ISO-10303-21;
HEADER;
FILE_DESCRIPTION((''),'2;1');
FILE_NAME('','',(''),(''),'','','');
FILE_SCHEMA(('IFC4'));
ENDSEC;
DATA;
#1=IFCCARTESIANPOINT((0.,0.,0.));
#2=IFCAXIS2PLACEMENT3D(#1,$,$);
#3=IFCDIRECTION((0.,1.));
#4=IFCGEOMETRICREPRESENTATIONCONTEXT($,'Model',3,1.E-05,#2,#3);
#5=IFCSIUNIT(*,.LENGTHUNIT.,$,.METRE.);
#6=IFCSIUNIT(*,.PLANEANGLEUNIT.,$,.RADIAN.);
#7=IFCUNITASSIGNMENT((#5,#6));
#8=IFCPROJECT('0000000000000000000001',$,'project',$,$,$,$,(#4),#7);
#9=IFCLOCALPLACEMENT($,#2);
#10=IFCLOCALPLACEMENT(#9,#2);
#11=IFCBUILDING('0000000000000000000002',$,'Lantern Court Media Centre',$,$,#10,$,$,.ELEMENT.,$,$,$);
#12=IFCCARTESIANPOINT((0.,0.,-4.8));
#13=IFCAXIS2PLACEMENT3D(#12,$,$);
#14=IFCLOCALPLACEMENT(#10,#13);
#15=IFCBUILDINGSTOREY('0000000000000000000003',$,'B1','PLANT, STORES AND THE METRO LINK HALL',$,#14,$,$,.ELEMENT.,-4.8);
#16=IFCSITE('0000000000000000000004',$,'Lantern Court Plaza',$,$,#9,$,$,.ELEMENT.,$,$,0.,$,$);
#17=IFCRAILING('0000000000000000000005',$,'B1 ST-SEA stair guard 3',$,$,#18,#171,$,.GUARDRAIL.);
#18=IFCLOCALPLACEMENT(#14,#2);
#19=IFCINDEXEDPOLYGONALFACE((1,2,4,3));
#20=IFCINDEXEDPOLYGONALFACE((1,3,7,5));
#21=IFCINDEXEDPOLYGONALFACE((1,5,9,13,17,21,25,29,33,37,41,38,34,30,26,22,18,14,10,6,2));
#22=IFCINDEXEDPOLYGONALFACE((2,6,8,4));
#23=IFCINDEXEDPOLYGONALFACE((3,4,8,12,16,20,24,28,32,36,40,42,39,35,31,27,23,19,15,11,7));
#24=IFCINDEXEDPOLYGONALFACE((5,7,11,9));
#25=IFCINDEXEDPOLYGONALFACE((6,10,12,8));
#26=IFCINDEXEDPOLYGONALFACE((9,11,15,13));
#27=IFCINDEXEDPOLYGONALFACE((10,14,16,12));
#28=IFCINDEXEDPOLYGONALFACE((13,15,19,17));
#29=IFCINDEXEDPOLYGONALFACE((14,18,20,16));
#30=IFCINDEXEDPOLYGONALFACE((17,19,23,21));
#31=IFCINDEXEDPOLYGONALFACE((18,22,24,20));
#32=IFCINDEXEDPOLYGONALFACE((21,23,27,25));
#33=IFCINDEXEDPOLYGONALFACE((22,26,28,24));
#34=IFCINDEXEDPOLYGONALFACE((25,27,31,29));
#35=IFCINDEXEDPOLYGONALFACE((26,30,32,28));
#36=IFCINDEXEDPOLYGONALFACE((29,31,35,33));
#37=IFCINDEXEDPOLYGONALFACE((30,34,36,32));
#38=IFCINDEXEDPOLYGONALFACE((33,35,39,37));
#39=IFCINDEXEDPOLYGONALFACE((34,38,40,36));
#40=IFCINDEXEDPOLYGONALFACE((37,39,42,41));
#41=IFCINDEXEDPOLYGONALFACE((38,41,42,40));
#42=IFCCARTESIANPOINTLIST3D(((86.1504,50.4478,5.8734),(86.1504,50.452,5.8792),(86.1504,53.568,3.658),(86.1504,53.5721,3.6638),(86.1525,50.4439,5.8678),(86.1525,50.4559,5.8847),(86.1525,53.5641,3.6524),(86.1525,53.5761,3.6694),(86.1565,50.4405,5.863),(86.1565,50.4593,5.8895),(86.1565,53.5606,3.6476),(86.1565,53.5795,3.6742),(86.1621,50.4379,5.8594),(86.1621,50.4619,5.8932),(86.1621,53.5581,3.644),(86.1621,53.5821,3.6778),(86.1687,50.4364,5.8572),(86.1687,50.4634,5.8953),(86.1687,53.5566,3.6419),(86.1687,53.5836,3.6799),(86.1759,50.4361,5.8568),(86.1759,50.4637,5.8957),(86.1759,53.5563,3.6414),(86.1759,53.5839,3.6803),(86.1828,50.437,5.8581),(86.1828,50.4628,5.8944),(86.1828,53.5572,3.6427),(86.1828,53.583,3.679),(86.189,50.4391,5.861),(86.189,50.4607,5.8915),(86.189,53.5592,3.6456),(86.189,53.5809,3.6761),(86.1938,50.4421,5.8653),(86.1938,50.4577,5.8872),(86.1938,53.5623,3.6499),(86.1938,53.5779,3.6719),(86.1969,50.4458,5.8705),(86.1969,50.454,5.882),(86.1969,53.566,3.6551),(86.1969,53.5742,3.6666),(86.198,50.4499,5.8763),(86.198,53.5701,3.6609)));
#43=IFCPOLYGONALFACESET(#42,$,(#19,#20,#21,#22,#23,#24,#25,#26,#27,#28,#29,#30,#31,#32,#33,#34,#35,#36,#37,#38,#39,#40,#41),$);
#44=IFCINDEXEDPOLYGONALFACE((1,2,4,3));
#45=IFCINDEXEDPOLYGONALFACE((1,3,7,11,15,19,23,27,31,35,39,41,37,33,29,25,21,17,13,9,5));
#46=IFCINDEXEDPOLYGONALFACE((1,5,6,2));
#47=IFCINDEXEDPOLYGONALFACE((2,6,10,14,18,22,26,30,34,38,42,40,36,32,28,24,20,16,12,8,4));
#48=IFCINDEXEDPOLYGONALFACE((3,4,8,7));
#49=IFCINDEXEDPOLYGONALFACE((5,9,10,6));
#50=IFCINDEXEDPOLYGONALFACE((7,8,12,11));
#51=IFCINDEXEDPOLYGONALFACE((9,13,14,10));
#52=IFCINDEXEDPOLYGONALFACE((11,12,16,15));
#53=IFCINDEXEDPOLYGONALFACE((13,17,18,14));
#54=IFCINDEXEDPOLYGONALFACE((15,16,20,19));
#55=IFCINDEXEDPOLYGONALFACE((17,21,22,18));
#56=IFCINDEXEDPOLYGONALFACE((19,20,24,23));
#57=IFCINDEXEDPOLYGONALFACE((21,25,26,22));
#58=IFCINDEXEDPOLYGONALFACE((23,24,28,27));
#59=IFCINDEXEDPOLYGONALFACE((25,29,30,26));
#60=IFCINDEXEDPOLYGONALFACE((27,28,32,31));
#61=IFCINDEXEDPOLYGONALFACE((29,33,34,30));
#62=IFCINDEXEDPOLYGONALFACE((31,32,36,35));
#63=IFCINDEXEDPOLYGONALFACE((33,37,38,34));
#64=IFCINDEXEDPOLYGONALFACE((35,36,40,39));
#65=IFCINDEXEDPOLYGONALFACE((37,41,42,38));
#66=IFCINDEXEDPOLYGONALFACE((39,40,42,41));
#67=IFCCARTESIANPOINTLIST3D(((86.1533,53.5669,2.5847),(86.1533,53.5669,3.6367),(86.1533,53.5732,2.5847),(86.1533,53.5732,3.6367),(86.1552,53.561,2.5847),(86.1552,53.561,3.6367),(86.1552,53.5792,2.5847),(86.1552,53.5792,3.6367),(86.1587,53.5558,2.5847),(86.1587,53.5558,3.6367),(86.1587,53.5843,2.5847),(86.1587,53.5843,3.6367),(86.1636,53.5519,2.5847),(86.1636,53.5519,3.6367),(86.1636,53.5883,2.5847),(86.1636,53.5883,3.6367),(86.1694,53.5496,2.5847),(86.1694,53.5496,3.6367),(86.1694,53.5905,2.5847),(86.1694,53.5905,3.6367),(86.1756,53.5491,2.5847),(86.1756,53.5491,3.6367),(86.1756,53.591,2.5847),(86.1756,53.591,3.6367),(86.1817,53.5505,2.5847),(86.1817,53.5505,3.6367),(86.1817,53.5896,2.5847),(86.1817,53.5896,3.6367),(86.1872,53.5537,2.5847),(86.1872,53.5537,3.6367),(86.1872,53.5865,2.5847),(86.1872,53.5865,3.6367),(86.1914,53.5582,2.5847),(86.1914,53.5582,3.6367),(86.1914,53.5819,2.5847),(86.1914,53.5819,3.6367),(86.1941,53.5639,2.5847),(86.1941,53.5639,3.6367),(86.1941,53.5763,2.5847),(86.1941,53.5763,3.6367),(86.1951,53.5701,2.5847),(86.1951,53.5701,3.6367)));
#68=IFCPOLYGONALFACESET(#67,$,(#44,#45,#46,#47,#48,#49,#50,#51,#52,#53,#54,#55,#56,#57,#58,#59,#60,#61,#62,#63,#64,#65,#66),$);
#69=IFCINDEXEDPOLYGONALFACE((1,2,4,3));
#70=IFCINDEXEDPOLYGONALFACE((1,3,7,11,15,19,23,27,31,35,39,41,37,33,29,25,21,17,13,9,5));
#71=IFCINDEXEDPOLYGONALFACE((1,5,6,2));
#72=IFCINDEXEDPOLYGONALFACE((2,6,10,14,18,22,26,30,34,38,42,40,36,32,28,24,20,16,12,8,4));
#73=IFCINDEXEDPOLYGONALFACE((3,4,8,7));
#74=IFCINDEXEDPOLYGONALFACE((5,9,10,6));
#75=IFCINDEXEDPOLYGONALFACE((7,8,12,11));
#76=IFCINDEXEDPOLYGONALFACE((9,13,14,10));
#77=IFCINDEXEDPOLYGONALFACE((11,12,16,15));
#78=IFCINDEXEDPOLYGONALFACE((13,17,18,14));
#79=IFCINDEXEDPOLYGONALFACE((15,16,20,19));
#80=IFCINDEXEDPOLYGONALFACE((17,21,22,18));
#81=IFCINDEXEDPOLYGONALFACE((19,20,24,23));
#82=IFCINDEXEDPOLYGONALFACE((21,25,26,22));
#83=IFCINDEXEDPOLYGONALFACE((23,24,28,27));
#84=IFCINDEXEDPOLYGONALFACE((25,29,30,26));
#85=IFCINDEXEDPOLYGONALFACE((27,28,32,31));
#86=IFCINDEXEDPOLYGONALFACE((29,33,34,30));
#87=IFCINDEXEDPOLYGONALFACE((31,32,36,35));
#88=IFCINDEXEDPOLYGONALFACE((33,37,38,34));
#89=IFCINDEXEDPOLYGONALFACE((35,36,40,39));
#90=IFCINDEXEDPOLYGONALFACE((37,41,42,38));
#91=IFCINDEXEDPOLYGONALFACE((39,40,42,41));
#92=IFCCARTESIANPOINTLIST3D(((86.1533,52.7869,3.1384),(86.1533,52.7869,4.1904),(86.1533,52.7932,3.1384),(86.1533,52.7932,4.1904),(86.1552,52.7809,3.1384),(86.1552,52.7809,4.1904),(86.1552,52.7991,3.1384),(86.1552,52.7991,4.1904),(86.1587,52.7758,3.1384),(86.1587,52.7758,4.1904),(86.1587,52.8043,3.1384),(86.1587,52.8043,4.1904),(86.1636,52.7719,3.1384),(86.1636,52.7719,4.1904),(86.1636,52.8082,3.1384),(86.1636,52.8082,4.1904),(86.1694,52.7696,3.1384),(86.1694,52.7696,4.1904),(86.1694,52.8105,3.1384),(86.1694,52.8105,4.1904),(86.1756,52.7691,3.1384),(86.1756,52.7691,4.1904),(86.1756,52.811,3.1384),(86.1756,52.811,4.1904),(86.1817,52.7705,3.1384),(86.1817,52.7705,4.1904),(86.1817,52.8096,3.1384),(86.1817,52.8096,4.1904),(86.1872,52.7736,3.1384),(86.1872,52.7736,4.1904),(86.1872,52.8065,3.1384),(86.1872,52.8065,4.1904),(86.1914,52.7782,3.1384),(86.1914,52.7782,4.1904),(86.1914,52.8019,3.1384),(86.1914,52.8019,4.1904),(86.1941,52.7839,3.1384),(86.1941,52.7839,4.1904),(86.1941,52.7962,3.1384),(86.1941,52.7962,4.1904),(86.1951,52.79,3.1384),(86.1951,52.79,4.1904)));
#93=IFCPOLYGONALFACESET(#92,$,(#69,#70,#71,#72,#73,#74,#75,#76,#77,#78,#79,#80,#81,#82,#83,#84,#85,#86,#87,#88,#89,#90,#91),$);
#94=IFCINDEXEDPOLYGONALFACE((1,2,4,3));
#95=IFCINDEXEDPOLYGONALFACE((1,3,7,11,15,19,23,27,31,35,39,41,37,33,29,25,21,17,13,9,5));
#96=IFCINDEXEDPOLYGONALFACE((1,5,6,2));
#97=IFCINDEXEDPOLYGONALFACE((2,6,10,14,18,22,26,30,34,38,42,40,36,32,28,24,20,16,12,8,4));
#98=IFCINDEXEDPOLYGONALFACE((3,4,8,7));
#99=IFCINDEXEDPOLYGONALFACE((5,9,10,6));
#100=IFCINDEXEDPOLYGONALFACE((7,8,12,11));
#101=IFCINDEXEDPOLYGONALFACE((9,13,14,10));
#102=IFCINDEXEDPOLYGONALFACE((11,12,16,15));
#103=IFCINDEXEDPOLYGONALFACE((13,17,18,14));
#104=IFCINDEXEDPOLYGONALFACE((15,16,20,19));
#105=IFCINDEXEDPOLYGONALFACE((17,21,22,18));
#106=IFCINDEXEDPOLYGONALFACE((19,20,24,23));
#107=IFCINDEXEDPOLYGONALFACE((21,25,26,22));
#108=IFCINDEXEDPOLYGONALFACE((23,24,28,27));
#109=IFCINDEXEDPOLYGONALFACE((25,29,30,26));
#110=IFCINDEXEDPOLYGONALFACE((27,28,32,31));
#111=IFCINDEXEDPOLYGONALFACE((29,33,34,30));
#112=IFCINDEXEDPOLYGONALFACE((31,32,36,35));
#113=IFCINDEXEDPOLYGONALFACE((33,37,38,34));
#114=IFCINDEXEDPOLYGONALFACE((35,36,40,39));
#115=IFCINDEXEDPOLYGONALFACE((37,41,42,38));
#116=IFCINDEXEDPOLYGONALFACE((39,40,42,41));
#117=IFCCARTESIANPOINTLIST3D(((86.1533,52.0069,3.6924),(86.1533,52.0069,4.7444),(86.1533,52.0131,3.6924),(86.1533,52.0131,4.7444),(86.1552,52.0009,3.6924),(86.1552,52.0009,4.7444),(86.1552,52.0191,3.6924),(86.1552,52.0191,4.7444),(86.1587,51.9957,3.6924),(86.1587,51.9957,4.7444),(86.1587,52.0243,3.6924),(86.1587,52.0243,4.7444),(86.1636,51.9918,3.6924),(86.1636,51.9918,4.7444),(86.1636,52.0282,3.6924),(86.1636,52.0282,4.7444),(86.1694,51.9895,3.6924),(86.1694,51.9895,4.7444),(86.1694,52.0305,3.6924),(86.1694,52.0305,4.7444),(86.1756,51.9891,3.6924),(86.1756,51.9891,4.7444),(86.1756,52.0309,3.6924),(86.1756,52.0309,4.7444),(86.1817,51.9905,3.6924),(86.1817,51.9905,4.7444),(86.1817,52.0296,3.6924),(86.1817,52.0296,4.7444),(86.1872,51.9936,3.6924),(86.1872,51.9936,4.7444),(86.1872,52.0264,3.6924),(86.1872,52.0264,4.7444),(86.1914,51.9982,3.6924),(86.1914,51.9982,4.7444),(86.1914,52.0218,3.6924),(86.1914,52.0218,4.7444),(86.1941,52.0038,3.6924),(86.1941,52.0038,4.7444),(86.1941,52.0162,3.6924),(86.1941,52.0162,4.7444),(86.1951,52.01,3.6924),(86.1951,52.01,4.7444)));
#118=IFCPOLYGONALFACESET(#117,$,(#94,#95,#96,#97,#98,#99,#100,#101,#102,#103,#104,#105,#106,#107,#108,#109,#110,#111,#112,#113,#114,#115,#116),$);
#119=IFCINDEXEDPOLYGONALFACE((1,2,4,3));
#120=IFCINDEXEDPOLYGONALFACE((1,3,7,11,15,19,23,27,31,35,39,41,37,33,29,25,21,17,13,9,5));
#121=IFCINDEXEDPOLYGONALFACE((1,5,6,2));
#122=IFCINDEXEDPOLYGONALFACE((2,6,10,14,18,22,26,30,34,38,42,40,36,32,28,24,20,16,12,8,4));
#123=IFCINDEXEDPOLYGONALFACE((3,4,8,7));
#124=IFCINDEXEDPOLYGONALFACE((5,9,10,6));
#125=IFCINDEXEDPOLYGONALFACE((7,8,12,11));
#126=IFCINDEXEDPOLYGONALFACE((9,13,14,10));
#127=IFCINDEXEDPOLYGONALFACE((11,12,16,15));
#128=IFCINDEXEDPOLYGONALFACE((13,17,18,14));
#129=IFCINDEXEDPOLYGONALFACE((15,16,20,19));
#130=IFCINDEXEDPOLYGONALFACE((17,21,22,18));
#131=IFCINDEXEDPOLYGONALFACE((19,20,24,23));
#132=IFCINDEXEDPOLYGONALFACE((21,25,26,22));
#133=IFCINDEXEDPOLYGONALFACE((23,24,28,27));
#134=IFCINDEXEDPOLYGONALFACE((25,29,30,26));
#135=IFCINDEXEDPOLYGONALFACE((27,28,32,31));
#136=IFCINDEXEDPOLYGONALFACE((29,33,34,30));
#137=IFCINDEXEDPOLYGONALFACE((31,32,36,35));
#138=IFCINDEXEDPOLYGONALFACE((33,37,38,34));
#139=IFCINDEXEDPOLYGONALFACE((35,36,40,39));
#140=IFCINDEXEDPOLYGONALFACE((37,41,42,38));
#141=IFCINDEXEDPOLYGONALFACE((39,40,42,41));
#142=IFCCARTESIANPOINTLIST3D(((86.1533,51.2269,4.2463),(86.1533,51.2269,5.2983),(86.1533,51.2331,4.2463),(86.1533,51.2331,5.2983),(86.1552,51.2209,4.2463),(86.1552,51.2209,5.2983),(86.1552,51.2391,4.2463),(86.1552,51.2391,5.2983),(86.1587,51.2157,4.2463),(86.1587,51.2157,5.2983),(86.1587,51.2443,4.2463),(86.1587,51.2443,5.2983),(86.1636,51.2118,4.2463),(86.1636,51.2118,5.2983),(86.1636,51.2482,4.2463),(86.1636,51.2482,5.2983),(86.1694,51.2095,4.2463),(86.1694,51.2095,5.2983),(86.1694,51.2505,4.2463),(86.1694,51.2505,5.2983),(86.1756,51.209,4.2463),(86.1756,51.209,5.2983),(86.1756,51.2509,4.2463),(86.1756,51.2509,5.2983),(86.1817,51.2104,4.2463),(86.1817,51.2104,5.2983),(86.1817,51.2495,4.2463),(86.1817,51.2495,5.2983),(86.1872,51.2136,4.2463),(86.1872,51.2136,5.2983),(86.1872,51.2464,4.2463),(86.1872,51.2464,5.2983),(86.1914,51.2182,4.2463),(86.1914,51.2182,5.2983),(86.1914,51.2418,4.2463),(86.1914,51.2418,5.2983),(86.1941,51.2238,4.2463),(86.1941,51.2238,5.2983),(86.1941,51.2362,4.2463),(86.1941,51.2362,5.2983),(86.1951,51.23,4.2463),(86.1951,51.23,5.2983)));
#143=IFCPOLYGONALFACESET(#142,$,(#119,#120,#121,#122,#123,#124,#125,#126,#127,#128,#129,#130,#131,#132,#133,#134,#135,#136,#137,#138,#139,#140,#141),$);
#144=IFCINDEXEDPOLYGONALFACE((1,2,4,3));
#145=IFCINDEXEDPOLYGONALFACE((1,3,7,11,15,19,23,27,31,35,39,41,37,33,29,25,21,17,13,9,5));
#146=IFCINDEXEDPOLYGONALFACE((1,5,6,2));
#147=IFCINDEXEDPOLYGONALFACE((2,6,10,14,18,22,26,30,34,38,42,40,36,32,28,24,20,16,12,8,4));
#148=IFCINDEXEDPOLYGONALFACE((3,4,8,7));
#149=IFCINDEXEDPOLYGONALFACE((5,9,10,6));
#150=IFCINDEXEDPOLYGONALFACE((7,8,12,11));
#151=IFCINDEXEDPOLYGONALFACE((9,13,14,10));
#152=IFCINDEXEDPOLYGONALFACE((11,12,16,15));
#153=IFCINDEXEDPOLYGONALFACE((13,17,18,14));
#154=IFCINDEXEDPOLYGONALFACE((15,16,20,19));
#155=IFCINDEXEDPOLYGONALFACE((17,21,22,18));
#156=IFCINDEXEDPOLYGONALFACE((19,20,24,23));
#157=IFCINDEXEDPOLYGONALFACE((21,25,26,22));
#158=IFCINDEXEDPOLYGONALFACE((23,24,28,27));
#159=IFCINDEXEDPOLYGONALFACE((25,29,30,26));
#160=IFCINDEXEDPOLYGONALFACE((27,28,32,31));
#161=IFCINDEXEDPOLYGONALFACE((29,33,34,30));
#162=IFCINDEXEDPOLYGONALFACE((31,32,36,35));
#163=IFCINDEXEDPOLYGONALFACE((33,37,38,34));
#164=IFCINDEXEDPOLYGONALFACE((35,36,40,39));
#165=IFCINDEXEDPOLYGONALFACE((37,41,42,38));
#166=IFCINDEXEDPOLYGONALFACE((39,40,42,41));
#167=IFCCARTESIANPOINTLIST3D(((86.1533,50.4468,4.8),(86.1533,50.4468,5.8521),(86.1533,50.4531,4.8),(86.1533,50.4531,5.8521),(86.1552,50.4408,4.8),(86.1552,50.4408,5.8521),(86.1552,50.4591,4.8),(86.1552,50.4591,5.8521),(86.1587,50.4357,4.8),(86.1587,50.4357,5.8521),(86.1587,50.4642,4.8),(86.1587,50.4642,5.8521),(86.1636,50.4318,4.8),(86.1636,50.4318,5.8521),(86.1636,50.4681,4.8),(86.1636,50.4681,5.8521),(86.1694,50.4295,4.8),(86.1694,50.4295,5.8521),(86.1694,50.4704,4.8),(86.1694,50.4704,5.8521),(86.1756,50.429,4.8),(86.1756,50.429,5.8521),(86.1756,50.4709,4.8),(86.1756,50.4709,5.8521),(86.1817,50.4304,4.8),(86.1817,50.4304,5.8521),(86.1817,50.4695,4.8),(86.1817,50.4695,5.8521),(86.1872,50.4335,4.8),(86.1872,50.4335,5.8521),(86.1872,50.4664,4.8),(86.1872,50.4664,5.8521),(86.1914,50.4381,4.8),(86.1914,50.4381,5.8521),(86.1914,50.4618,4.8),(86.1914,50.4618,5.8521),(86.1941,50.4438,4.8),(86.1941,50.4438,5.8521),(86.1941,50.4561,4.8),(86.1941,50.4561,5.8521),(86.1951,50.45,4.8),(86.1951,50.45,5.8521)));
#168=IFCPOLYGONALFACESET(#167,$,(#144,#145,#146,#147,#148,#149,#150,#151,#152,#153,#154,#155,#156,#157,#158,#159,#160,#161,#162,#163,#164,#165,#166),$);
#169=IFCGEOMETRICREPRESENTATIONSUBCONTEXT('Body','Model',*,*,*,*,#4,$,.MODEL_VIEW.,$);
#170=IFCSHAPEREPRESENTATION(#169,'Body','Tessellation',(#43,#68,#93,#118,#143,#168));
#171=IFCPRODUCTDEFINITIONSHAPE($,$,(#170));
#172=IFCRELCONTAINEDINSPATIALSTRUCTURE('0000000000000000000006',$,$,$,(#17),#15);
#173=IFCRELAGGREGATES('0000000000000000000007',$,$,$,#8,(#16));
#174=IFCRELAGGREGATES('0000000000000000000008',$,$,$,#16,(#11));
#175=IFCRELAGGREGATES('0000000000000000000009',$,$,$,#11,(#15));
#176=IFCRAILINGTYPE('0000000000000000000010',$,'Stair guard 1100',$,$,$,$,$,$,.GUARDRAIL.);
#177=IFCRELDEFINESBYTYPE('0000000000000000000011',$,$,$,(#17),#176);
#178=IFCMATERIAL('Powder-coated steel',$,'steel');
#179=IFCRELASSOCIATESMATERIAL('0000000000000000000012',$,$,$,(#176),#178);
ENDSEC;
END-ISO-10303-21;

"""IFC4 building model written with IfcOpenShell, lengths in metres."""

from ifc_helpers import new_model, si_unit, direction, frame, origin, origin_2d, place, context, subcontext, project, spatial, circle, extrude, material, type_object, element, save


model = new_model("IFC4")

# Units and contexts
model_context = context("Model", 3, precision=1e-05, world=origin(), true_north=direction((0.0, 1.0)))
body_context = subcontext(model_context, "Body", "Model", "MODEL_VIEW")
ifc_project = project(units=[si_unit("LENGTHUNIT", "METRE"), si_unit("PLANEANGLEUNIT", "RADIAN")], contexts=[model_context])

# Site, building, storey
site_placement = place(None, origin())
site = spatial("IfcSite", under=ifc_project, at=site_placement, Name="Lantern Court Plaza", CompositionType="ELEMENT", RefElevation=0.0)
building_placement = place(site_placement, origin())
building = spatial("IfcBuilding", under=site, at=building_placement, Name="Lantern Court Media Centre", CompositionType="ELEMENT")
storey_placement = place(building_placement, frame((0.0, 0.0, -4.8)))
storey = spatial("IfcBuildingStorey", under=building, at=storey_placement, Name="B1", Description="PLANT, STORES AND THE METRO LINK HALL", CompositionType="ELEMENT", Elevation=-4.8)

# Railing
ifc_material_1 = material(Name="Powder-coated steel", Category="steel")
railing_type_1 = type_object("IfcRailingType", Name="Stair guard 1100", PredefinedType="GUARDRAIL", material=ifc_material_1)
railing_1_placement = place(storey_placement, frame((86.1741, 53.5701, 2.5847)))
element("IfcRailing", 1, at=railing_1_placement, inside=storey, type_object=railing_type_1, Name="B1 ST-SEA stair guard 3", PredefinedType="GUARDRAIL", context=body_context, shape_type="SweptSolid", body=[
    extrude(circle(Radius=0.0239, at=origin_2d()), frame((0.0, 0.0, 1.0762), z_axis=(0.0, -0.815377, 0.57893), x_axis=(1.0, 0.0, 0.0)), (0.0, 0.0, 1.0), 3.8267),
    extrude(circle(Radius=0.021, at=origin_2d()), origin(), (0.0, 0.0, 1.0), 1.052),
    extrude(circle(Radius=0.021, at=origin_2d()), frame((0.0, -0.78, 0.5537)), (0.0, 0.0, 1.0), 1.052),
    extrude(circle(Radius=0.021, at=origin_2d()), frame((0.0, -1.5601, 1.1077)), (0.0, 0.0, 1.0), 1.052),
    extrude(circle(Radius=0.021, at=origin_2d()), frame((0.0, -2.3401, 1.6616)), (0.0, 0.0, 1.0), 1.052),
    extrude(circle(Radius=0.021, at=origin_2d()), frame((0.0, -3.1201, 2.2153)), (0.0, 0.0, 1.0), 1.052),
])

save(model, "model.ifc")
